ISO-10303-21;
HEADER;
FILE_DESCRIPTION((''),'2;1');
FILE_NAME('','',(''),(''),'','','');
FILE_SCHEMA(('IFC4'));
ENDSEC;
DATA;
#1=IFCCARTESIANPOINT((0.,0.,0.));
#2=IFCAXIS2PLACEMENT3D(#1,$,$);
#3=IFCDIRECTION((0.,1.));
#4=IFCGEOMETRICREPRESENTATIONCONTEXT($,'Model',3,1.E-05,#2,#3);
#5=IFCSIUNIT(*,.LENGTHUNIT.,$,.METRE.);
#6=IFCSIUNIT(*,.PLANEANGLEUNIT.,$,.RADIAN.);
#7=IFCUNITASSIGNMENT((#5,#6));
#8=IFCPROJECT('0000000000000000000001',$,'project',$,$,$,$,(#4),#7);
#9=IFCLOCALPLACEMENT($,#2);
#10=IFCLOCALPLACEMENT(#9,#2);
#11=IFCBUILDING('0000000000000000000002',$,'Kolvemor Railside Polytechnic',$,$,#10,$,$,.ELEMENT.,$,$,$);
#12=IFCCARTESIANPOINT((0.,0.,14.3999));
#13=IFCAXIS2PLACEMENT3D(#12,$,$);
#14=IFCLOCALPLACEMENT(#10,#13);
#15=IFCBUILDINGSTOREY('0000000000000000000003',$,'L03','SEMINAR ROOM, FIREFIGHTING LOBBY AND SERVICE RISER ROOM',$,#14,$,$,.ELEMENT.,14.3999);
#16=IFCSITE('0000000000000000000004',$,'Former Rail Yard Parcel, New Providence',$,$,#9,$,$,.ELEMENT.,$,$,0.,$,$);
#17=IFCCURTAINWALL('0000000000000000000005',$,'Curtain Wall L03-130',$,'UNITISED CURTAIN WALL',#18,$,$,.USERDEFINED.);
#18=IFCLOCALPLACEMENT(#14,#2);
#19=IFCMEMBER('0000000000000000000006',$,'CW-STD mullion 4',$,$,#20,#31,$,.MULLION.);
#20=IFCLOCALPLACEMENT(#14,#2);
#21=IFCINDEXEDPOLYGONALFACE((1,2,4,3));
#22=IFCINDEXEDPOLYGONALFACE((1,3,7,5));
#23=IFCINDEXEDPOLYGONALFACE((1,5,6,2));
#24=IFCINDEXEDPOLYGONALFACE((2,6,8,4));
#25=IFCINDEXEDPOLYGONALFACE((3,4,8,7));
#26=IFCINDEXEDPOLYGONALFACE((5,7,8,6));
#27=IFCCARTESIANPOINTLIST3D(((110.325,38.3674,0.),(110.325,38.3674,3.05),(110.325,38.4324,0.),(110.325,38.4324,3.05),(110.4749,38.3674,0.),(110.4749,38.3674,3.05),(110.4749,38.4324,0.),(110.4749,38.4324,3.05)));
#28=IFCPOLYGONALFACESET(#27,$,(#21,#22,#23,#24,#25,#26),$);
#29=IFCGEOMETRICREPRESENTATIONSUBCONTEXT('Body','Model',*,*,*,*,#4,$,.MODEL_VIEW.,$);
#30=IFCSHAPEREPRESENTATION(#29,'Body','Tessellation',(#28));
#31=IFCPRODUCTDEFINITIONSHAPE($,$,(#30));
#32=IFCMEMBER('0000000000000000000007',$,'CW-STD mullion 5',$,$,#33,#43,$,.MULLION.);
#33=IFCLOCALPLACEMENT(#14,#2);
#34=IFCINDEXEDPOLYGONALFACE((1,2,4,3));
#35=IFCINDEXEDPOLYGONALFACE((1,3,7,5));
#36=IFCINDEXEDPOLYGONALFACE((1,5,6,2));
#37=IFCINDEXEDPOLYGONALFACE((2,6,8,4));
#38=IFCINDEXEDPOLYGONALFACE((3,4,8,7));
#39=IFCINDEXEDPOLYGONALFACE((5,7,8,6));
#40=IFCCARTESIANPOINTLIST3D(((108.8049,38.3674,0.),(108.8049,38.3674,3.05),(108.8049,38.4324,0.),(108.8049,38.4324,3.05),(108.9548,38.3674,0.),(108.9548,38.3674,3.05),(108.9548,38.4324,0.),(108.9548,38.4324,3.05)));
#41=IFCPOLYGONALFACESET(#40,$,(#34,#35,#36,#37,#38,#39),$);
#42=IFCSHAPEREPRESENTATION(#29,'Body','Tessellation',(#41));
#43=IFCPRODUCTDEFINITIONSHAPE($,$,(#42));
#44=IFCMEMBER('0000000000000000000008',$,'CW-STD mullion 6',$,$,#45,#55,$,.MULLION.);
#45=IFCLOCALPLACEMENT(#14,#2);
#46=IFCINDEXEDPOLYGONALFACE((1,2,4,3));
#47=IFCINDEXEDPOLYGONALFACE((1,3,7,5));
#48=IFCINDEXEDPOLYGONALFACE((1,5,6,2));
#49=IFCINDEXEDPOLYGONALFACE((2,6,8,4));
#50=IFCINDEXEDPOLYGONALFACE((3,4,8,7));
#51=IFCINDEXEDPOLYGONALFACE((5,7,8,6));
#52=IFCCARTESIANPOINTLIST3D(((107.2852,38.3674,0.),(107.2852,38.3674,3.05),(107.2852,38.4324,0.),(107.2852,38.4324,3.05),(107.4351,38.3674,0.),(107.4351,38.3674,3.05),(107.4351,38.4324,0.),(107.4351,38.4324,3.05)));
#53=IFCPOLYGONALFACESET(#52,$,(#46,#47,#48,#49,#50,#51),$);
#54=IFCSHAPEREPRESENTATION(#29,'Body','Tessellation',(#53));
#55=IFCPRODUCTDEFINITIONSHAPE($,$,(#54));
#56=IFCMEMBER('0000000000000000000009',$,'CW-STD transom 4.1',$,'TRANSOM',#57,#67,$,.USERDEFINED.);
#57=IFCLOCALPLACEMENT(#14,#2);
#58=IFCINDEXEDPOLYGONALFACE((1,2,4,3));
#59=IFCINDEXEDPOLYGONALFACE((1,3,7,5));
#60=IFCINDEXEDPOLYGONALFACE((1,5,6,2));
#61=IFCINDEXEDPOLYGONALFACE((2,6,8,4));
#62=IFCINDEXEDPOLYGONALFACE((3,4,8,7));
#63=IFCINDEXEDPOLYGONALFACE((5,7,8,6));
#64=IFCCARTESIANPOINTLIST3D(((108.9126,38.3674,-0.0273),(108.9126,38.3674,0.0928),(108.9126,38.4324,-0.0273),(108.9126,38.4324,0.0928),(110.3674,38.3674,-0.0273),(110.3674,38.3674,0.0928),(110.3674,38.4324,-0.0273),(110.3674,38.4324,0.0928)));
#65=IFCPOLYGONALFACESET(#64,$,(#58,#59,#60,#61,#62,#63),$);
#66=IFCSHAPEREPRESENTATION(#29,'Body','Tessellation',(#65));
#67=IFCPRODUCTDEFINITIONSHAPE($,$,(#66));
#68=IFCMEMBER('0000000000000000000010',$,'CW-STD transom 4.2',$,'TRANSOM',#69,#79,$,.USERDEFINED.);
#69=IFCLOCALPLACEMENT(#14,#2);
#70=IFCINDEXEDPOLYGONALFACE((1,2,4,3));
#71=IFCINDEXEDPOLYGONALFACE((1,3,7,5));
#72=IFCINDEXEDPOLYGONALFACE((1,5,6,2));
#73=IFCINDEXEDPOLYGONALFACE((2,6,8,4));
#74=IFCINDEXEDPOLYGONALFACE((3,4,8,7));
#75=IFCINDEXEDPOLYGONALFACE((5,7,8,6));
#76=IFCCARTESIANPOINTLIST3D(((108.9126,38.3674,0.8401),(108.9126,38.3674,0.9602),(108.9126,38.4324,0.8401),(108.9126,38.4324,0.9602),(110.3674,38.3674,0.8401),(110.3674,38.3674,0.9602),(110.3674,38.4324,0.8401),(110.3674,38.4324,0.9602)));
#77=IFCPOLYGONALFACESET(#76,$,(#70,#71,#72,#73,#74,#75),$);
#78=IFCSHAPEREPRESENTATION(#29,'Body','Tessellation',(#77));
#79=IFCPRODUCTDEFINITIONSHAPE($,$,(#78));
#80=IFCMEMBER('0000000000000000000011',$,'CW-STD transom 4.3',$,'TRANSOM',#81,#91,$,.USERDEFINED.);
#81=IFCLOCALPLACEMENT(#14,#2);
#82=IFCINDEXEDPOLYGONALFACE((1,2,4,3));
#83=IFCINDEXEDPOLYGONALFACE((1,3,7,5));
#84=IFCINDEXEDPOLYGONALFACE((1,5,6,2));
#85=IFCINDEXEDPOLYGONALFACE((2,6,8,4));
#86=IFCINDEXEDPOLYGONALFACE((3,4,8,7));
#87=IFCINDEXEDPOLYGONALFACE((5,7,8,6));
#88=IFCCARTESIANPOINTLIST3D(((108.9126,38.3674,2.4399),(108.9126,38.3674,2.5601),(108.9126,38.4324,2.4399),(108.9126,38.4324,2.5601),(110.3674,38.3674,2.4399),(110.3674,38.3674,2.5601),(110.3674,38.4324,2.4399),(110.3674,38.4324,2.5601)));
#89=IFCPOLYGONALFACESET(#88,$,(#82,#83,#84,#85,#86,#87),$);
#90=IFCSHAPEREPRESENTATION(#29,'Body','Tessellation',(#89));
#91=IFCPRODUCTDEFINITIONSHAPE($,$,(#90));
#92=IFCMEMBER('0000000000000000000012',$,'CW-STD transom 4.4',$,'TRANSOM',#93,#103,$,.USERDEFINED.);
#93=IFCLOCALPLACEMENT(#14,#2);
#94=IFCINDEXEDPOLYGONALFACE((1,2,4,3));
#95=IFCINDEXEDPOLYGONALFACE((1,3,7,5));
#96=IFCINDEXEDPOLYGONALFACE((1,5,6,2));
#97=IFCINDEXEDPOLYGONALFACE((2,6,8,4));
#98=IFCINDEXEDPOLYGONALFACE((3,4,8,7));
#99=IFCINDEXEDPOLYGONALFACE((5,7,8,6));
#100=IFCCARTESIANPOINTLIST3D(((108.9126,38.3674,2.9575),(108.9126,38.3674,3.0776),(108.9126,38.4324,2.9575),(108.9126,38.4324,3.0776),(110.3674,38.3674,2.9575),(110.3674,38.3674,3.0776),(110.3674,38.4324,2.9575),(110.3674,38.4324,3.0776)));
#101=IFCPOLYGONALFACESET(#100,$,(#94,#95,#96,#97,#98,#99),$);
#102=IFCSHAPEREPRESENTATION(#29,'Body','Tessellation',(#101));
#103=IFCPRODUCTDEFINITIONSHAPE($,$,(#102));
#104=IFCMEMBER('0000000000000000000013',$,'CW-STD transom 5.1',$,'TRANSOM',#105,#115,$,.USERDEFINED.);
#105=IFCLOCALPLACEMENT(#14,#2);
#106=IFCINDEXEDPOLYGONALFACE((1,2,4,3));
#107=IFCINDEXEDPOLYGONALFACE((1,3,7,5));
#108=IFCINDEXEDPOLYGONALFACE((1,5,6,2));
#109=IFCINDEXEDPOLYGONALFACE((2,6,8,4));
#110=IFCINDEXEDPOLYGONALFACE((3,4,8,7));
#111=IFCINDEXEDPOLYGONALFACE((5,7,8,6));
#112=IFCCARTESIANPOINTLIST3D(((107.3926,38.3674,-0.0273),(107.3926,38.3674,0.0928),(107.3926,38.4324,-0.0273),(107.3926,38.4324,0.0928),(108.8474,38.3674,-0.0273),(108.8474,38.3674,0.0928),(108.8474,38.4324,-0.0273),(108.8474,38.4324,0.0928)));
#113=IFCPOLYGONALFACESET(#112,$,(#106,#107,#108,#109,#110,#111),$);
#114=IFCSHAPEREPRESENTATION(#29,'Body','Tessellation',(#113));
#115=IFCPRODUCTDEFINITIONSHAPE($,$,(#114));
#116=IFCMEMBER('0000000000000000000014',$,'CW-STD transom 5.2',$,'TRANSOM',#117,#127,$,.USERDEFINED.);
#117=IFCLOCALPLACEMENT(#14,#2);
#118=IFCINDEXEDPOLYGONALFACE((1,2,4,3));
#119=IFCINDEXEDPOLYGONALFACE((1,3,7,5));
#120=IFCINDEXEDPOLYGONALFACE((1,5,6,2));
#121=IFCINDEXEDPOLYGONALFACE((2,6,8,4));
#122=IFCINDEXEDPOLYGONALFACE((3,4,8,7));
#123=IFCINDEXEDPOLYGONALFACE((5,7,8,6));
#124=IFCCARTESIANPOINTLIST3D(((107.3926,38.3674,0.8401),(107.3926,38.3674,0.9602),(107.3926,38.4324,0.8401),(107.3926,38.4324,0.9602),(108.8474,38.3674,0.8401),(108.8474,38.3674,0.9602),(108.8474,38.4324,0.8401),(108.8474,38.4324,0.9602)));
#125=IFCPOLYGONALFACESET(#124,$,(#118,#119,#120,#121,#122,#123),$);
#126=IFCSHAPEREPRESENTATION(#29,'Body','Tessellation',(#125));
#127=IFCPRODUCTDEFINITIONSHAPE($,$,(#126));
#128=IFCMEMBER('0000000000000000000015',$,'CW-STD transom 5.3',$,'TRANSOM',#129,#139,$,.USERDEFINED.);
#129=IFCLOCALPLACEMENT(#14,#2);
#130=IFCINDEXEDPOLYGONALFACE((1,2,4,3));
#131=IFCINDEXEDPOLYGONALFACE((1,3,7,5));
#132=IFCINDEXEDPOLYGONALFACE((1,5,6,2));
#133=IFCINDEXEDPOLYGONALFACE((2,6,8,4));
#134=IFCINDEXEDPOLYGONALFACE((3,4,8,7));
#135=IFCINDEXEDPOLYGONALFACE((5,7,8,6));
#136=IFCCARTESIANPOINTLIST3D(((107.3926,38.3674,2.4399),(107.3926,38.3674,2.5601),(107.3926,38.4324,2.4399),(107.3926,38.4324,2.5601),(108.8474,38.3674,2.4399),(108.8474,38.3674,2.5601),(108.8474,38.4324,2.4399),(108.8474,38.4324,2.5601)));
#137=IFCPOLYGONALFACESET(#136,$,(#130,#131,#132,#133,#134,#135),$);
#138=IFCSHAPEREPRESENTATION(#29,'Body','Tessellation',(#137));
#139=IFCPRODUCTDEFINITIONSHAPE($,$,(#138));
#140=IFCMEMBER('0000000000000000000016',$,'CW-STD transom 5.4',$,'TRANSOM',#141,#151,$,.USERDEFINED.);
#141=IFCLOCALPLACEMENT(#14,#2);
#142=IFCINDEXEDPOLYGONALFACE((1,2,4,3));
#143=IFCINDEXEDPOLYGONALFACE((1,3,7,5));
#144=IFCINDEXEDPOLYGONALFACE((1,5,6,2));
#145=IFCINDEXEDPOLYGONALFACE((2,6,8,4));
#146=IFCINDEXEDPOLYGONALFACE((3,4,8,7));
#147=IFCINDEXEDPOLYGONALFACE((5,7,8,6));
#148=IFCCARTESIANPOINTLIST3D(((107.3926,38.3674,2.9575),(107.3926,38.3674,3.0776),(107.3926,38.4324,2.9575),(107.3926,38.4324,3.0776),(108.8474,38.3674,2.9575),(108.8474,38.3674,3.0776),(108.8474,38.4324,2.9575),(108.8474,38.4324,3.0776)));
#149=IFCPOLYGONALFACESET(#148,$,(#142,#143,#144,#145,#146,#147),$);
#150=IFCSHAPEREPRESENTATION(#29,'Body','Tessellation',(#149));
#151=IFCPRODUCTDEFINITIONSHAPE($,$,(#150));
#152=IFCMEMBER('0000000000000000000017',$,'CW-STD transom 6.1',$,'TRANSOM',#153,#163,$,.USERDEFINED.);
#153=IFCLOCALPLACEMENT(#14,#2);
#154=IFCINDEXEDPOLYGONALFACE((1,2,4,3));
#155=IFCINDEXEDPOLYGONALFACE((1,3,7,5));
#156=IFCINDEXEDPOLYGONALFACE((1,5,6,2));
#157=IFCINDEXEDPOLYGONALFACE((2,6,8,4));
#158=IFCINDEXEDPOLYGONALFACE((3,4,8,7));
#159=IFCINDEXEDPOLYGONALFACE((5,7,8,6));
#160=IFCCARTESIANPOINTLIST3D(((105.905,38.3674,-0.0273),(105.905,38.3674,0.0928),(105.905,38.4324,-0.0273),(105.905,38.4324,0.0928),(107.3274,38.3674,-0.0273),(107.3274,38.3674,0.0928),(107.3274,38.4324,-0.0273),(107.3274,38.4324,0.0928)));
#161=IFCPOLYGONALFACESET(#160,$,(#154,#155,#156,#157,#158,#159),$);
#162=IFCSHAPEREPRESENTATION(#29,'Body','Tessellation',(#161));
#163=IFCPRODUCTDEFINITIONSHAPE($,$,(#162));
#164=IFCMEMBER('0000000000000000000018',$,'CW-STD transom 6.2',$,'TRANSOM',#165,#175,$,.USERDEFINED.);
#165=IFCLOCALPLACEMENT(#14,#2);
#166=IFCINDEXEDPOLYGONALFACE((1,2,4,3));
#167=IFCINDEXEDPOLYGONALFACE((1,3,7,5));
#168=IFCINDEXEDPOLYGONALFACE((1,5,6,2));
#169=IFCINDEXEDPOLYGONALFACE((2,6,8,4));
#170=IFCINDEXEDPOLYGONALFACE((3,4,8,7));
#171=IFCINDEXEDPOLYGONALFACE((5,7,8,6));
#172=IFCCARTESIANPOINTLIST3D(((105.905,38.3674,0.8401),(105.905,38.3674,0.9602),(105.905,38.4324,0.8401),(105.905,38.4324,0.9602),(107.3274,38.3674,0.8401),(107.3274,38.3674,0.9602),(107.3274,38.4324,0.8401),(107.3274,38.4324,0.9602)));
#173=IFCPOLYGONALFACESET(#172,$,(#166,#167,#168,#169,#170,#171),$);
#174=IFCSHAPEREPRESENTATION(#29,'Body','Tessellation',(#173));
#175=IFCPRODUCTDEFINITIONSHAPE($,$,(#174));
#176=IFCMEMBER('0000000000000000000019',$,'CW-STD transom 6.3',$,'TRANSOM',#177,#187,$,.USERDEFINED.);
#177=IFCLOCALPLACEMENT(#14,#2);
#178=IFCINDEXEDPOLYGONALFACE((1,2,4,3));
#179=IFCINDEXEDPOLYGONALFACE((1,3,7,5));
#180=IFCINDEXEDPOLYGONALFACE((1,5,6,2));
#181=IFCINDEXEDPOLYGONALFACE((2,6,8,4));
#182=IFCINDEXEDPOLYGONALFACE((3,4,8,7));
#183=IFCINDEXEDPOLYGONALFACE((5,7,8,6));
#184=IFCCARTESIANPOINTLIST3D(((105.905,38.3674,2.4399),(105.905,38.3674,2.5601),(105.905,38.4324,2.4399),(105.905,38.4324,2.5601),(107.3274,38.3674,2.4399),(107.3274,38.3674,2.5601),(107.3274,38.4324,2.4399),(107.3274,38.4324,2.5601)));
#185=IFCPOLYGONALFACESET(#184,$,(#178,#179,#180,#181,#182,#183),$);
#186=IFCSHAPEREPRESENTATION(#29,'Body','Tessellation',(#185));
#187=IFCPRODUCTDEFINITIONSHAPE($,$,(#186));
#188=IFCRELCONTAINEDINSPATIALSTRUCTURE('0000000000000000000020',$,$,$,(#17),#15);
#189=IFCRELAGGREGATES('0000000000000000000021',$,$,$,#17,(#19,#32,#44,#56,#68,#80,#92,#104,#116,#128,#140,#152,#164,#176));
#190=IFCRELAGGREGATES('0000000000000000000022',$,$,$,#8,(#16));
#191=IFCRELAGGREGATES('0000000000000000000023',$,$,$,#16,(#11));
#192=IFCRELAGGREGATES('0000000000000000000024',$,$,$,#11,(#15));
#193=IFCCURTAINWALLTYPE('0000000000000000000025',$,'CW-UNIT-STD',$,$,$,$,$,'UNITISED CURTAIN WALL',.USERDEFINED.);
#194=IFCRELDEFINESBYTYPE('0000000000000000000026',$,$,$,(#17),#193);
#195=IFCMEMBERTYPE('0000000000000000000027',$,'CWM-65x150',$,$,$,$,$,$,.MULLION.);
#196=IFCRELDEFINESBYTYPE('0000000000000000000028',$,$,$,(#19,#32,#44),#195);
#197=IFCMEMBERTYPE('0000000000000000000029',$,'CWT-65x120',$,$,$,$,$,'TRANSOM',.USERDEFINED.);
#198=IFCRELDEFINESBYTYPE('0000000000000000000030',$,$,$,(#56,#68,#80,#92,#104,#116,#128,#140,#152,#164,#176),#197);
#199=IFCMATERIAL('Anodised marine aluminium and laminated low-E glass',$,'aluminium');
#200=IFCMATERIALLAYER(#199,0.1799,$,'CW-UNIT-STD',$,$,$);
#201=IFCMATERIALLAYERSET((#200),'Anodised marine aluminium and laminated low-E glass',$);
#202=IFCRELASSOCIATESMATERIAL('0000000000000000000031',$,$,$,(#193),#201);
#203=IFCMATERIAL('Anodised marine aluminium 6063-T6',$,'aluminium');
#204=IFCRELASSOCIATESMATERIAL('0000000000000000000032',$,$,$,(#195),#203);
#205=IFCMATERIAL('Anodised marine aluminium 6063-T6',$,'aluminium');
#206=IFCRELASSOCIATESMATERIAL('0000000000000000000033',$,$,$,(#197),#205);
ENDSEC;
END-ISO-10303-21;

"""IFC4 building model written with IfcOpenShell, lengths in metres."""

from ifc_helpers import new_model, si_unit, direction, frame, origin, origin_2d, place, context, subcontext, project, spatial, rectangle, extrude, material, layer, layer_set, material_profile, profile_set, type_object, element, aggregate, save


model = new_model("IFC4")

# Units and contexts
model_context = context("Model", 3, precision=1e-05, world=origin(), true_north=direction((0.0, 1.0)))
body_context = subcontext(model_context, "Body", "Model", "MODEL_VIEW")
ifc_project = project(units=[si_unit("LENGTHUNIT", "METRE"), si_unit("PLANEANGLEUNIT", "RADIAN")], contexts=[model_context])

# Site, building, storey
site_placement = place(None, origin())
site = spatial("IfcSite", under=ifc_project, at=site_placement, Name="Former Rail Yard Parcel, New Providence", CompositionType="ELEMENT", RefElevation=0.0)
building_placement = place(site_placement, origin())
building = spatial("IfcBuilding", under=site, at=building_placement, Name="Kolvemor Railside Polytechnic", CompositionType="ELEMENT")
storey_placement = place(building_placement, frame((0.0, 0.0, 14.3999)))
storey = spatial("IfcBuildingStorey", under=building, at=storey_placement, Name="L03", Description="SEMINAR ROOM, FIREFIGHTING LOBBY AND SERVICE RISER ROOM", CompositionType="ELEMENT", Elevation=14.3999)

# Curtain wall, members
ifc_material_1 = material(Name="Anodised marine aluminium and laminated low-E glass", Category="aluminium")
ifc_layer_1 = layer(ifc_material_1, 0.1799, Name="CW-UNIT-STD")
ifc_layer_set_1 = layer_set([ifc_layer_1], Name="Anodised marine aluminium and laminated low-E glass")
curtain_wall_type = type_object("IfcCurtainWallType", Name="CW-UNIT-STD", ElementType="UNITISED CURTAIN WALL", PredefinedType="USERDEFINED", material=ifc_layer_set_1)
curtain_wall_placement = place(storey_placement, origin())
curtain_wall = element("IfcCurtainWall", 1, at=curtain_wall_placement, inside=storey, type_object=curtain_wall_type, Name="Curtain Wall L03-130", ObjectType="UNITISED CURTAIN WALL", PredefinedType="USERDEFINED")
ifc_material_2 = material(Name="Anodised marine aluminium 6063-T6", Category="aluminium")
ifc_material_profile_1 = material_profile(ifc_material_2, rectangle(XDim=0.0649, YDim=0.1499, at=origin_2d()), Name="CW-MUL-65x150")
ifc_profile_set_1 = profile_set([ifc_material_profile_1], Name="Anodised marine aluminium 6063-T6")
member_type_1 = type_object("IfcMemberType", Name="CWM-65x150", PredefinedType="MULLION", material=ifc_profile_set_1)
member_1_placement = place(storey_placement, frame((110.3999, 38.3999, 0.0), z_axis=(0.0, 0.0, 1.0), x_axis=(0.0, -1.0, 0.0)))
member_1 = element("IfcMember", 2, at=member_1_placement, type_object=member_type_1, Name="CW-STD mullion 4", PredefinedType="MULLION", context=body_context, shape_type="SweptSolid", body=[
    extrude(rectangle(XDim=0.0649, YDim=0.1499, at=origin_2d()), origin(), (0.0, 0.0, 1.0), 3.05),
])
member_2_placement = place(storey_placement, frame((108.8799, 38.3999, 0.0), z_axis=(0.0, 0.0, 1.0), x_axis=(0.0, -1.0, 0.0)))
member_2 = element("IfcMember", 3, at=member_2_placement, type_object=member_type_1, Name="CW-STD mullion 5", PredefinedType="MULLION", context=body_context, shape_type="SweptSolid", body=[
    extrude(rectangle(XDim=0.0649, YDim=0.1499, at=origin_2d()), origin(), (0.0, 0.0, 1.0), 3.05),
])
member_3_placement = place(storey_placement, frame((107.3601, 38.3999, 0.0), z_axis=(0.0, 0.0, 1.0), x_axis=(0.0, -1.0, 0.0)))
member_3 = element("IfcMember", 4, at=member_3_placement, type_object=member_type_1, Name="CW-STD mullion 6", PredefinedType="MULLION", context=body_context, shape_type="SweptSolid", body=[
    extrude(rectangle(XDim=0.0649, YDim=0.1499, at=origin_2d()), origin(), (0.0, 0.0, 1.0), 3.05),
])
ifc_material_3 = material(Name="Anodised marine aluminium 6063-T6", Category="aluminium")
ifc_material_profile_2 = material_profile(ifc_material_3, rectangle(XDim=0.0649, YDim=0.1201, at=origin_2d()), Name="CW-TRN-65x120")
ifc_profile_set_2 = profile_set([ifc_material_profile_2], Name="Anodised marine aluminium 6063-T6")
member_type_2 = type_object("IfcMemberType", Name="CWT-65x120", ElementType="TRANSOM", PredefinedType="USERDEFINED", material=ifc_profile_set_2)
member_4_placement = place(storey_placement, frame((110.3674, 38.3999, 0.0327), z_axis=(-1.0, 0.0, 0.0), x_axis=(0.0, -1.0, 0.0)))
member_4 = element("IfcMember", 5, at=member_4_placement, type_object=member_type_2, Name="CW-STD transom 4.1", ObjectType="TRANSOM", PredefinedType="USERDEFINED", context=body_context, shape_type="SweptSolid", body=[
    extrude(rectangle(XDim=0.0649, YDim=0.1201, at=origin_2d()), origin(), (0.0, 0.0, 1.0), 1.4548),
])
member_5_placement = place(storey_placement, frame((110.3674, 38.3999, 0.9001), z_axis=(-1.0, 0.0, 0.0), x_axis=(0.0, -1.0, 0.0)))
member_5 = element("IfcMember", 6, at=member_5_placement, type_object=member_type_2, Name="CW-STD transom 4.2", ObjectType="TRANSOM", PredefinedType="USERDEFINED", context=body_context, shape_type="SweptSolid", body=[
    extrude(rectangle(XDim=0.0649, YDim=0.1201, at=origin_2d()), origin(), (0.0, 0.0, 1.0), 1.4548),
])
member_6_placement = place(storey_placement, frame((110.3674, 38.3999, 2.5), z_axis=(-1.0, 0.0, 0.0), x_axis=(0.0, -1.0, 0.0)))
member_6 = element("IfcMember", 7, at=member_6_placement, type_object=member_type_2, Name="CW-STD transom 4.3", ObjectType="TRANSOM", PredefinedType="USERDEFINED", context=body_context, shape_type="SweptSolid", body=[
    extrude(rectangle(XDim=0.0649, YDim=0.1201, at=origin_2d()), origin(), (0.0, 0.0, 1.0), 1.4548),
])
member_7_placement = place(storey_placement, frame((110.3674, 38.3999, 3.0176), z_axis=(-1.0, 0.0, 0.0), x_axis=(0.0, -1.0, 0.0)))
member_7 = element("IfcMember", 8, at=member_7_placement, type_object=member_type_2, Name="CW-STD transom 4.4", ObjectType="TRANSOM", PredefinedType="USERDEFINED", context=body_context, shape_type="SweptSolid", body=[
    extrude(rectangle(XDim=0.0649, YDim=0.1201, at=origin_2d()), origin(), (0.0, 0.0, 1.0), 1.4548),
])
member_8_placement = place(storey_placement, frame((108.8474, 38.3999, 0.0327), z_axis=(-1.0, 0.0, 0.0), x_axis=(0.0, -1.0, 0.0)))
member_8 = element("IfcMember", 9, at=member_8_placement, type_object=member_type_2, Name="CW-STD transom 5.1", ObjectType="TRANSOM", PredefinedType="USERDEFINED", context=body_context, shape_type="SweptSolid", body=[
    extrude(rectangle(XDim=0.0649, YDim=0.1201, at=origin_2d()), origin(), (0.0, 0.0, 1.0), 1.4548),
])
member_9_placement = place(storey_placement, frame((108.8474, 38.3999, 0.9001), z_axis=(-1.0, 0.0, 0.0), x_axis=(0.0, -1.0, 0.0)))
member_9 = element("IfcMember", 10, at=member_9_placement, type_object=member_type_2, Name="CW-STD transom 5.2", ObjectType="TRANSOM", PredefinedType="USERDEFINED", context=body_context, shape_type="SweptSolid", body=[
    extrude(rectangle(XDim=0.0649, YDim=0.1201, at=origin_2d()), origin(), (0.0, 0.0, 1.0), 1.4548),
])
member_10_placement = place(storey_placement, frame((108.8474, 38.3999, 2.5), z_axis=(-1.0, 0.0, 0.0), x_axis=(0.0, -1.0, 0.0)))
member_10 = element("IfcMember", 11, at=member_10_placement, type_object=member_type_2, Name="CW-STD transom 5.3", ObjectType="TRANSOM", PredefinedType="USERDEFINED", context=body_context, shape_type="SweptSolid", body=[
    extrude(rectangle(XDim=0.0649, YDim=0.1201, at=origin_2d()), origin(), (0.0, 0.0, 1.0), 1.4548),
])
member_11_placement = place(storey_placement, frame((108.8474, 38.3999, 3.0176), z_axis=(-1.0, 0.0, 0.0), x_axis=(0.0, -1.0, 0.0)))
member_11 = element("IfcMember", 12, at=member_11_placement, type_object=member_type_2, Name="CW-STD transom 5.4", ObjectType="TRANSOM", PredefinedType="USERDEFINED", context=body_context, shape_type="SweptSolid", body=[
    extrude(rectangle(XDim=0.0649, YDim=0.1201, at=origin_2d()), origin(), (0.0, 0.0, 1.0), 1.4548),
])
member_12_placement = place(storey_placement, frame((107.3274, 38.3999, 0.0327), z_axis=(-1.0, 0.0, 0.0), x_axis=(0.0, -1.0, 0.0)))
member_12 = element("IfcMember", 13, at=member_12_placement, type_object=member_type_2, Name="CW-STD transom 6.1", ObjectType="TRANSOM", PredefinedType="USERDEFINED", context=body_context, shape_type="SweptSolid", body=[
    extrude(rectangle(XDim=0.0649, YDim=0.1201, at=origin_2d()), origin(), (0.0, 0.0, 1.0), 1.4224),
])
member_13_placement = place(storey_placement, frame((107.3274, 38.3999, 0.9001), z_axis=(-1.0, 0.0, 0.0), x_axis=(0.0, -1.0, 0.0)))
member_13 = element("IfcMember", 14, at=member_13_placement, type_object=member_type_2, Name="CW-STD transom 6.2", ObjectType="TRANSOM", PredefinedType="USERDEFINED", context=body_context, shape_type="SweptSolid", body=[
    extrude(rectangle(XDim=0.0649, YDim=0.1201, at=origin_2d()), origin(), (0.0, 0.0, 1.0), 1.4224),
])
member_14_placement = place(storey_placement, frame((107.3274, 38.3999, 2.5), z_axis=(-1.0, 0.0, 0.0), x_axis=(0.0, -1.0, 0.0)))
member_14 = element("IfcMember", 15, at=member_14_placement, type_object=member_type_2, Name="CW-STD transom 6.3", ObjectType="TRANSOM", PredefinedType="USERDEFINED", context=body_context, shape_type="SweptSolid", body=[
    extrude(rectangle(XDim=0.0649, YDim=0.1201, at=origin_2d()), origin(), (0.0, 0.0, 1.0), 1.4224),
])
aggregate(curtain_wall, [member_1, member_2, member_3, member_4, member_5, member_6, member_7, member_8, member_9, member_10, member_11, member_12, member_13, member_14])

save(model, "model.ifc")
